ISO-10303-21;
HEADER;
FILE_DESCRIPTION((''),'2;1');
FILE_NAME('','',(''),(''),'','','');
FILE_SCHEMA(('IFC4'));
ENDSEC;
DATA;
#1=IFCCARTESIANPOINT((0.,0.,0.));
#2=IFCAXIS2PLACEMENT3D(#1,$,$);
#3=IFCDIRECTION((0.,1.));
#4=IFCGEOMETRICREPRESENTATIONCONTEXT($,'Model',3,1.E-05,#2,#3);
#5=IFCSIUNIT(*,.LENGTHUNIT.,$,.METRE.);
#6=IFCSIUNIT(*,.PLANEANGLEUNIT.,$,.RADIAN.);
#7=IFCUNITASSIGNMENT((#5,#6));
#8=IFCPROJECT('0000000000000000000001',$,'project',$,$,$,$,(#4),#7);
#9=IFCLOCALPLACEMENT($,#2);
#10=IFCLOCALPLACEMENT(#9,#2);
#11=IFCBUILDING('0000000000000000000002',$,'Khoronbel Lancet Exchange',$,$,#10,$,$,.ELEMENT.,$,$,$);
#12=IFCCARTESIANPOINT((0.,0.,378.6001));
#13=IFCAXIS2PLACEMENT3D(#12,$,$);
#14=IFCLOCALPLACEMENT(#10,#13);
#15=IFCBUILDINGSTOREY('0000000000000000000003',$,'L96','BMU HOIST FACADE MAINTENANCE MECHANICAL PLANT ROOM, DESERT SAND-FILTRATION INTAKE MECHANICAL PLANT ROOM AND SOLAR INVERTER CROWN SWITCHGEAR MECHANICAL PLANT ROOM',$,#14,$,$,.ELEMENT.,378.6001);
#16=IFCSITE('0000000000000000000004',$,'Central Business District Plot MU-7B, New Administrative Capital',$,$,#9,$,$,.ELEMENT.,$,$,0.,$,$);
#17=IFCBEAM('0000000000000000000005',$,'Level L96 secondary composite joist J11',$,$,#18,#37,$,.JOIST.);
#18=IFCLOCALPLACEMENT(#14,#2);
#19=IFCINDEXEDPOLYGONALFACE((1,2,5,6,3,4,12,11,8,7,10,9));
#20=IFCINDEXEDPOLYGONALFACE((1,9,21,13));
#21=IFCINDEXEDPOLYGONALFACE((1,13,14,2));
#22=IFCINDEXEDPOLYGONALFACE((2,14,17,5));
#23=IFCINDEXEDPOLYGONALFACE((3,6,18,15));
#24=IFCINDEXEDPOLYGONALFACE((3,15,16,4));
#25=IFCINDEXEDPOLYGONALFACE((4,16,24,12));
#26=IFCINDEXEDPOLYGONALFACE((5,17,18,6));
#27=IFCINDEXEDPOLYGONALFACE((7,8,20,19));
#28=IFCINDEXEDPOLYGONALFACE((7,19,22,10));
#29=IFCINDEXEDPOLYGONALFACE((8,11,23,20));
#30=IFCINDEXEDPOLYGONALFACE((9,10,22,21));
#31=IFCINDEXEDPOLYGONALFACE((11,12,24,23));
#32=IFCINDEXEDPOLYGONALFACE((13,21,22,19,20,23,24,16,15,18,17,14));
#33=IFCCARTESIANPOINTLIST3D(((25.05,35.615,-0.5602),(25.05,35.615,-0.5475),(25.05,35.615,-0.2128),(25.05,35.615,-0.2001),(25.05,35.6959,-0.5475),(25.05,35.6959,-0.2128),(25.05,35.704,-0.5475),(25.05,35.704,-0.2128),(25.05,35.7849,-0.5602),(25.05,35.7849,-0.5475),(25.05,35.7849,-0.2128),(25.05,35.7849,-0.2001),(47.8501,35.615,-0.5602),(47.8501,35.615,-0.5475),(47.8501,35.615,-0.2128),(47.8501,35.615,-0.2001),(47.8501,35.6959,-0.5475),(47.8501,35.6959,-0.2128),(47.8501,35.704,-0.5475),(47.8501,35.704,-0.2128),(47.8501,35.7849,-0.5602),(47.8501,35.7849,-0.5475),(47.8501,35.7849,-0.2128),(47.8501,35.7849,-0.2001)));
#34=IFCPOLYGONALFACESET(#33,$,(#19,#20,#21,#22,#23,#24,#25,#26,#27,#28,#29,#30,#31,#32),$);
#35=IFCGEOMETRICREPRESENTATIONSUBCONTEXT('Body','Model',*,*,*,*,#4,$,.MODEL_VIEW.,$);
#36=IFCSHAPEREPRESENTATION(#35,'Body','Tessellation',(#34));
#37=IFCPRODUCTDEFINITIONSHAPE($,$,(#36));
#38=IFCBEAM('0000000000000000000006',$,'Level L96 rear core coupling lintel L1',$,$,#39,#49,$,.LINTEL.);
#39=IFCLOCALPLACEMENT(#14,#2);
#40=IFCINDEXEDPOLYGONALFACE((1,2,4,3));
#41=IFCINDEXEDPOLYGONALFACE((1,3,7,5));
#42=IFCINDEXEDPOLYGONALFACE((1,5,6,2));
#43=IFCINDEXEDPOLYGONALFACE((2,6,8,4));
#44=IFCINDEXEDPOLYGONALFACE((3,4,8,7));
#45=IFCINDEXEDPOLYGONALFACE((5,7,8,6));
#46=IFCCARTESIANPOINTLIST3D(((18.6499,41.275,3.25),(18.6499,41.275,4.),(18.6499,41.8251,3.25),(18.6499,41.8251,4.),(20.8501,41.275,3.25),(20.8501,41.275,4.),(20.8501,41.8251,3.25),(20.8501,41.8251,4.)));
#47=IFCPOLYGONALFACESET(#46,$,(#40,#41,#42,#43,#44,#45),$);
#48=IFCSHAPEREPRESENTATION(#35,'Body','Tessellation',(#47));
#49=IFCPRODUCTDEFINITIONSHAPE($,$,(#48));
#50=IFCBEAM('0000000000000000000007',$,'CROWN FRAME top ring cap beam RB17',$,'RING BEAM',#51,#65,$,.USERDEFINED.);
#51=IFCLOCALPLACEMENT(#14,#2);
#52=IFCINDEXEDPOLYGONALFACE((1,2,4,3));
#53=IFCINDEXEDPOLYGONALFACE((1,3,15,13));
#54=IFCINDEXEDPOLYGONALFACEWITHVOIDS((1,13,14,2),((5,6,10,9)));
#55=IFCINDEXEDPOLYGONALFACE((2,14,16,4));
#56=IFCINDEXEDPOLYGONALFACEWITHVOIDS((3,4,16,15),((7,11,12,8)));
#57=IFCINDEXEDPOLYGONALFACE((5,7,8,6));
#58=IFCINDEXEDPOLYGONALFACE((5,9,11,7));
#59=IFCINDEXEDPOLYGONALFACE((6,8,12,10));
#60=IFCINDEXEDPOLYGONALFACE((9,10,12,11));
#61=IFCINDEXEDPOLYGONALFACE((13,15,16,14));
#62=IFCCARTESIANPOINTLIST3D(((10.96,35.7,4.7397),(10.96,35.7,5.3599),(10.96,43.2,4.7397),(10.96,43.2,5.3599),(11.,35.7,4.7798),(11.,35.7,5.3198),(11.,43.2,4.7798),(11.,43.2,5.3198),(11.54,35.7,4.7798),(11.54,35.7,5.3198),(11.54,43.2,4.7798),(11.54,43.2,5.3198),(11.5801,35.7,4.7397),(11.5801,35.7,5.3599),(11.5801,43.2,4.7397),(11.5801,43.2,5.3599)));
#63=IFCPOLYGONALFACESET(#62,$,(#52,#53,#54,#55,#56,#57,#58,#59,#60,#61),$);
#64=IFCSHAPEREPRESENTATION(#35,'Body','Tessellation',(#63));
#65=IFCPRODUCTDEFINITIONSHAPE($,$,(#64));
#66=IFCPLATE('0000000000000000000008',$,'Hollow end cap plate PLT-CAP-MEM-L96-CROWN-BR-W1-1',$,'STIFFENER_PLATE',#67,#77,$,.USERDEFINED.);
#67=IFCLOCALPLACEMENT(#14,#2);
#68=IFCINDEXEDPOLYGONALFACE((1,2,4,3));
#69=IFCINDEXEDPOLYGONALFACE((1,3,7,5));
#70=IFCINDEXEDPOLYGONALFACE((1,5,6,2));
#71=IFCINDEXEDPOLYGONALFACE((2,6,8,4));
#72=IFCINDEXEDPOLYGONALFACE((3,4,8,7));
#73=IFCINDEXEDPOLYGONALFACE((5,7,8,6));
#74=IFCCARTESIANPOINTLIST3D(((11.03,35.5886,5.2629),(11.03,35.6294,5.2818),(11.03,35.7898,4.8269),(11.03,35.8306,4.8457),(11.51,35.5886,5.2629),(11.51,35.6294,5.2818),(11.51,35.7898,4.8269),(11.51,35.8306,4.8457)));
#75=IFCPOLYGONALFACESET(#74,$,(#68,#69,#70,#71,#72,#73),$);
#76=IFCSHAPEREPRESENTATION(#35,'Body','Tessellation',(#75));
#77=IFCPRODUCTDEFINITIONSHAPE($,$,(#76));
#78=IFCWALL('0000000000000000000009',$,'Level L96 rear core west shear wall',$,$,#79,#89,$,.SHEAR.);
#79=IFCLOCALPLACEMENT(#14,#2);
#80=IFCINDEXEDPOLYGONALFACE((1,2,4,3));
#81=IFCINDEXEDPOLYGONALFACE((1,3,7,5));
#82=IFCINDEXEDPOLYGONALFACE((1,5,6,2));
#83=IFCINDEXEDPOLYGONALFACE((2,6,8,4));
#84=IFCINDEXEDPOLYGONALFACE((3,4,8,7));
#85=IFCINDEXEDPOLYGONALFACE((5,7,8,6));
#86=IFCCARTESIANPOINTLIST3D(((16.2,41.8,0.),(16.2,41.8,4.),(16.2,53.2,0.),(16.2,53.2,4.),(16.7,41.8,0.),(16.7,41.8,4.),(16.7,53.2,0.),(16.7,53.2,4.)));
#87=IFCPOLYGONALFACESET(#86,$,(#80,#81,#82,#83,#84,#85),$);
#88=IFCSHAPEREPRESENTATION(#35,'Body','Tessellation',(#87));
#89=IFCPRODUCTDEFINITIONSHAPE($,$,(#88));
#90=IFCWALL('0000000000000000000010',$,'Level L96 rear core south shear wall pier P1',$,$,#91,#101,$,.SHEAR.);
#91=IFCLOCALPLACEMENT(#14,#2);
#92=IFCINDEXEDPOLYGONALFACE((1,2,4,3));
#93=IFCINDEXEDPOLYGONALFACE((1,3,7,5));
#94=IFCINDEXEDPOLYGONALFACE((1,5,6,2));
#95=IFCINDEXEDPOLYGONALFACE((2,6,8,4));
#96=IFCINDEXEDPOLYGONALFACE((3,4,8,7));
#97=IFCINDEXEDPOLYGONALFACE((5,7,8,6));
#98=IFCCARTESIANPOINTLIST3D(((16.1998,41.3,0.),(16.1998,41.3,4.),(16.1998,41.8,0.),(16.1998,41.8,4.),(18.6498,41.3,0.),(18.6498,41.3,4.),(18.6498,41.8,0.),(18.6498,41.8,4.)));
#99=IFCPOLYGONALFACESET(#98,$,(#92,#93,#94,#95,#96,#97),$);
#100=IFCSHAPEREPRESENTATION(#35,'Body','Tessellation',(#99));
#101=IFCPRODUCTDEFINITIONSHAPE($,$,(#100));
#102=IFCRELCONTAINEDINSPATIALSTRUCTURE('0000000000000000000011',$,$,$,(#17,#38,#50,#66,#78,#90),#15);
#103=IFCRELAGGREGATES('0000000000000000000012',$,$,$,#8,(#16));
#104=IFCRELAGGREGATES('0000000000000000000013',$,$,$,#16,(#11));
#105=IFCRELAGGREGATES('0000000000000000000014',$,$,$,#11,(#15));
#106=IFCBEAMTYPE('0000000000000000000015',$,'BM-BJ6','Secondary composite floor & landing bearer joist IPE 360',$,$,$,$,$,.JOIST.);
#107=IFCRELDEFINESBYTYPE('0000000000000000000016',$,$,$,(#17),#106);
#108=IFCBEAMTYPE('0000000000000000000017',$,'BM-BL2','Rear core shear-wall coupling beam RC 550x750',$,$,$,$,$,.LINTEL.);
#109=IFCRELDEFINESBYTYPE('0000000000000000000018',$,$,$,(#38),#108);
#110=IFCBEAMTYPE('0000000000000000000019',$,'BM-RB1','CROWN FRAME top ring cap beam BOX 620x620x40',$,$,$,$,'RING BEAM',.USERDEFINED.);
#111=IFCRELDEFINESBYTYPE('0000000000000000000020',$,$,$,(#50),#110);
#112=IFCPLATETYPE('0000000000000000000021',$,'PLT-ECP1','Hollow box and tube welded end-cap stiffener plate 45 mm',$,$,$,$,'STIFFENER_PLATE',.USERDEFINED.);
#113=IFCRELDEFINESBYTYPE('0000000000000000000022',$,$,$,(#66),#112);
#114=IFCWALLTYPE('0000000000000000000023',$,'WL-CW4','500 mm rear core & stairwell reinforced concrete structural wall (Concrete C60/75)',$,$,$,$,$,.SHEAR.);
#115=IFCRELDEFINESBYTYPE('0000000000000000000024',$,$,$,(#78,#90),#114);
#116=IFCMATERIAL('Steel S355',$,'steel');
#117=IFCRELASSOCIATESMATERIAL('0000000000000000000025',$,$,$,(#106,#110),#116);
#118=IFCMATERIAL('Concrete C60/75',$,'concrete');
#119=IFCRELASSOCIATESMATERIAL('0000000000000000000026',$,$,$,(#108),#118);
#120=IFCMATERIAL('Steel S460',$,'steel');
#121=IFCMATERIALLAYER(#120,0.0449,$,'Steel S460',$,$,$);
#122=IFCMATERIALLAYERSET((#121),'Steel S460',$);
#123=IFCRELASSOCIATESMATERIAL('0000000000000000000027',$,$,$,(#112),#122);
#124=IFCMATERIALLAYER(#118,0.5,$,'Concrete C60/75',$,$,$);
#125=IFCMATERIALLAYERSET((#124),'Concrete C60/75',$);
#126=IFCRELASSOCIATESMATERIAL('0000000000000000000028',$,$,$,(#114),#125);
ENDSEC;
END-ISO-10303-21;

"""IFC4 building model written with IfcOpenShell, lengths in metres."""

from ifc_helpers import new_model, si_unit, direction, frame, frame_2d, origin, origin_2d, place, context, subcontext, project, spatial, polyline, rectangle, hollow_rectangle, i_section, outline, extrude, material, layer, layer_set, material_profile, profile_set, type_object, element, save


model = new_model("IFC4")

# Units and contexts
model_context = context("Model", 3, precision=1e-05, world=origin(), true_north=direction((0.0, 1.0)))
body_context = subcontext(model_context, "Body", "Model", "MODEL_VIEW")
ifc_project = project(units=[si_unit("LENGTHUNIT", "METRE"), si_unit("PLANEANGLEUNIT", "RADIAN")], contexts=[model_context])

# Site, building, storey
site_placement = place(None, origin())
site = spatial("IfcSite", under=ifc_project, at=site_placement, Name="Central Business District Plot MU-7B, New Administrative Capital", CompositionType="ELEMENT", RefElevation=0.0)
building_placement = place(site_placement, origin())
building = spatial("IfcBuilding", under=site, at=building_placement, Name="Khoronbel Lancet Exchange", CompositionType="ELEMENT")
storey_placement = place(building_placement, frame((0.0, 0.0, 378.6001)))
storey = spatial("IfcBuildingStorey", under=building, at=storey_placement, Name="L96", Description="BMU HOIST FACADE MAINTENANCE MECHANICAL PLANT ROOM, DESERT SAND-FILTRATION INTAKE MECHANICAL PLANT ROOM AND SOLAR INVERTER CROWN SWITCHGEAR MECHANICAL PLANT ROOM", CompositionType="ELEMENT", Elevation=378.6001)

# Shared definitions
ifc_material_1 = material(Name="Steel S355", Category="steel")

# Beams
ifc_material_profile_1 = material_profile(ifc_material_1, i_section(OverallWidth=0.1699, OverallDepth=0.3601, WebThickness=0.0081, FlangeThickness=0.0127, at=origin_2d()), Name="IPE 360")
ifc_profile_set_1 = profile_set([ifc_material_profile_1], Name="Steel S355")
beam_type_1 = type_object("IfcBeamType", Name="BM-BJ6", Description="Secondary composite floor & landing bearer joist IPE 360", PredefinedType="JOIST", material=ifc_profile_set_1)
beam_1_placement = place(storey_placement, frame((25.05, 35.7, -0.3801), z_axis=(1.0, 0.0, 0.0), x_axis=(0.0, 1.0, 0.0)))
element("IfcBeam", 1, at=beam_1_placement, inside=storey, type_object=beam_type_1, Name="Level L96 secondary composite joist J11", PredefinedType="JOIST", context=body_context, shape_type="SweptSolid", body=[
    extrude(i_section(OverallWidth=0.1699, OverallDepth=0.3601, WebThickness=0.0081, FlangeThickness=0.0127, at=origin_2d()), origin(), (0.0, 0.0, 1.0), 22.8),
])
ifc_material_2 = material(Name="Concrete C60/75", Category="concrete")
ifc_material_profile_2 = material_profile(ifc_material_2, rectangle(XDim=0.55, YDim=0.75, at=origin_2d()), Name="RC 550x750")
ifc_profile_set_2 = profile_set([ifc_material_profile_2], Name="Concrete C60/75")
beam_type_2 = type_object("IfcBeamType", Name="BM-BL2", Description="Rear core shear-wall coupling beam RC 550x750", PredefinedType="LINTEL", material=ifc_profile_set_2)
beam_2_placement = place(storey_placement, frame((18.6499, 41.55, 3.625), z_axis=(1.0, 0.0, 0.0), x_axis=(0.0, 1.0, 0.0)))
element("IfcBeam", 2, at=beam_2_placement, inside=storey, type_object=beam_type_2, Name="Level L96 rear core coupling lintel L1", PredefinedType="LINTEL", context=body_context, shape_type="SweptSolid", body=[
    extrude(rectangle(XDim=0.55, YDim=0.75, at=origin_2d()), origin(), (0.0, 0.0, 1.0), 2.2002),
])
ifc_material_profile_3 = material_profile(ifc_material_1, hollow_rectangle(XDim=0.6201, YDim=0.6201, WallThickness=0.04, at=origin_2d()), Name="BOX 620x620x40")
ifc_profile_set_3 = profile_set([ifc_material_profile_3], Name="Steel S355")
beam_type_3 = type_object("IfcBeamType", Name="BM-RB1", Description="CROWN FRAME top ring cap beam BOX 620x620x40", ElementType="RING BEAM", PredefinedType="USERDEFINED", material=ifc_profile_set_3)
beam_3_placement = place(storey_placement, frame((11.27, 43.2, 5.0498), z_axis=(0.0, -1.0, 0.0), x_axis=(1.0, 0.0, 0.0)))
element("IfcBeam", 3, at=beam_3_placement, inside=storey, type_object=beam_type_3, Name="CROWN FRAME top ring cap beam RB17", ObjectType="RING BEAM", PredefinedType="USERDEFINED", context=body_context, shape_type="SweptSolid", body=[
    extrude(hollow_rectangle(XDim=0.6201, YDim=0.6201, WallThickness=0.04, at=origin_2d()), origin(), (0.0, 0.0, 1.0), 7.5),
])

# Plate
ifc_material_3 = material(Name="Steel S460", Category="steel")
ifc_layer_1 = layer(ifc_material_3, 0.0449, Name="Steel S460")
ifc_layer_set_1 = layer_set([ifc_layer_1], Name="Steel S460")
plate_type = type_object("IfcPlateType", Name="PLT-ECP1", Description="Hollow box and tube welded end-cap stiffener plate 45 mm", ElementType="STIFFENER_PLATE", PredefinedType="USERDEFINED", material=ifc_layer_set_1)
plate_placement = place(storey_placement, frame((11.51, 35.8306, 4.8457), z_axis=(0.0, 0.908019, 0.418929), x_axis=(-1.0, 0.0, 0.0)))
element("IfcPlate", 4, at=plate_placement, inside=storey, type_object=plate_type, Name="Hollow end cap plate PLT-CAP-MEM-L96-CROWN-BR-W1-1", ObjectType="STIFFENER_PLATE", PredefinedType="USERDEFINED", context=body_context, shape_type="SweptSolid", body=[
    extrude(outline(polyline([(0.0, 0.0), (0.48, 0.0), (0.48, 0.4802), (0.0, 0.4802), (0.0, 0.0)])), origin(), (0.0, 0.0, -1.0), 0.0449),
])

# Walls
ifc_layer_2 = layer(ifc_material_2, 0.5, Name="Concrete C60/75")
ifc_layer_set_2 = layer_set([ifc_layer_2], Name="Concrete C60/75")
wall_type_1 = type_object("IfcWallType", Name="WL-CW4", Description="500 mm rear core & stairwell reinforced concrete structural wall (Concrete C60/75)", PredefinedType="SHEAR", material=ifc_layer_set_2)
wall_1_placement = place(storey_placement, frame((16.45, 41.8, 0.0), z_axis=(0.0, 0.0, 1.0), x_axis=(0.0, 1.0, 0.0)))
element("IfcWall", 5, at=wall_1_placement, inside=storey, type_object=wall_type_1, Name="Level L96 rear core west shear wall", PredefinedType="SHEAR", context=body_context, shape_type="SweptSolid", body=[
    extrude(rectangle(XDim=11.3999, YDim=0.5, at=frame_2d((5.7, 0.0))), origin(), (0.0, 0.0, 1.0), 4.0),
])
wall_2_placement = place(storey_placement, frame((18.6499, 41.55, 0.0), z_axis=(0.0, 0.0, 1.0), x_axis=(-1.0, 0.0, 0.0)))
element("IfcWall", 6, at=wall_2_placement, inside=storey, type_object=wall_type_1, Name="Level L96 rear core south shear wall pier P1", PredefinedType="SHEAR", context=body_context, shape_type="SweptSolid", body=[
    extrude(rectangle(XDim=2.45, YDim=0.5, at=frame_2d((1.2251, 0.0))), origin(), (0.0, 0.0, 1.0), 4.0),
])

save(model, "model.ifc")
